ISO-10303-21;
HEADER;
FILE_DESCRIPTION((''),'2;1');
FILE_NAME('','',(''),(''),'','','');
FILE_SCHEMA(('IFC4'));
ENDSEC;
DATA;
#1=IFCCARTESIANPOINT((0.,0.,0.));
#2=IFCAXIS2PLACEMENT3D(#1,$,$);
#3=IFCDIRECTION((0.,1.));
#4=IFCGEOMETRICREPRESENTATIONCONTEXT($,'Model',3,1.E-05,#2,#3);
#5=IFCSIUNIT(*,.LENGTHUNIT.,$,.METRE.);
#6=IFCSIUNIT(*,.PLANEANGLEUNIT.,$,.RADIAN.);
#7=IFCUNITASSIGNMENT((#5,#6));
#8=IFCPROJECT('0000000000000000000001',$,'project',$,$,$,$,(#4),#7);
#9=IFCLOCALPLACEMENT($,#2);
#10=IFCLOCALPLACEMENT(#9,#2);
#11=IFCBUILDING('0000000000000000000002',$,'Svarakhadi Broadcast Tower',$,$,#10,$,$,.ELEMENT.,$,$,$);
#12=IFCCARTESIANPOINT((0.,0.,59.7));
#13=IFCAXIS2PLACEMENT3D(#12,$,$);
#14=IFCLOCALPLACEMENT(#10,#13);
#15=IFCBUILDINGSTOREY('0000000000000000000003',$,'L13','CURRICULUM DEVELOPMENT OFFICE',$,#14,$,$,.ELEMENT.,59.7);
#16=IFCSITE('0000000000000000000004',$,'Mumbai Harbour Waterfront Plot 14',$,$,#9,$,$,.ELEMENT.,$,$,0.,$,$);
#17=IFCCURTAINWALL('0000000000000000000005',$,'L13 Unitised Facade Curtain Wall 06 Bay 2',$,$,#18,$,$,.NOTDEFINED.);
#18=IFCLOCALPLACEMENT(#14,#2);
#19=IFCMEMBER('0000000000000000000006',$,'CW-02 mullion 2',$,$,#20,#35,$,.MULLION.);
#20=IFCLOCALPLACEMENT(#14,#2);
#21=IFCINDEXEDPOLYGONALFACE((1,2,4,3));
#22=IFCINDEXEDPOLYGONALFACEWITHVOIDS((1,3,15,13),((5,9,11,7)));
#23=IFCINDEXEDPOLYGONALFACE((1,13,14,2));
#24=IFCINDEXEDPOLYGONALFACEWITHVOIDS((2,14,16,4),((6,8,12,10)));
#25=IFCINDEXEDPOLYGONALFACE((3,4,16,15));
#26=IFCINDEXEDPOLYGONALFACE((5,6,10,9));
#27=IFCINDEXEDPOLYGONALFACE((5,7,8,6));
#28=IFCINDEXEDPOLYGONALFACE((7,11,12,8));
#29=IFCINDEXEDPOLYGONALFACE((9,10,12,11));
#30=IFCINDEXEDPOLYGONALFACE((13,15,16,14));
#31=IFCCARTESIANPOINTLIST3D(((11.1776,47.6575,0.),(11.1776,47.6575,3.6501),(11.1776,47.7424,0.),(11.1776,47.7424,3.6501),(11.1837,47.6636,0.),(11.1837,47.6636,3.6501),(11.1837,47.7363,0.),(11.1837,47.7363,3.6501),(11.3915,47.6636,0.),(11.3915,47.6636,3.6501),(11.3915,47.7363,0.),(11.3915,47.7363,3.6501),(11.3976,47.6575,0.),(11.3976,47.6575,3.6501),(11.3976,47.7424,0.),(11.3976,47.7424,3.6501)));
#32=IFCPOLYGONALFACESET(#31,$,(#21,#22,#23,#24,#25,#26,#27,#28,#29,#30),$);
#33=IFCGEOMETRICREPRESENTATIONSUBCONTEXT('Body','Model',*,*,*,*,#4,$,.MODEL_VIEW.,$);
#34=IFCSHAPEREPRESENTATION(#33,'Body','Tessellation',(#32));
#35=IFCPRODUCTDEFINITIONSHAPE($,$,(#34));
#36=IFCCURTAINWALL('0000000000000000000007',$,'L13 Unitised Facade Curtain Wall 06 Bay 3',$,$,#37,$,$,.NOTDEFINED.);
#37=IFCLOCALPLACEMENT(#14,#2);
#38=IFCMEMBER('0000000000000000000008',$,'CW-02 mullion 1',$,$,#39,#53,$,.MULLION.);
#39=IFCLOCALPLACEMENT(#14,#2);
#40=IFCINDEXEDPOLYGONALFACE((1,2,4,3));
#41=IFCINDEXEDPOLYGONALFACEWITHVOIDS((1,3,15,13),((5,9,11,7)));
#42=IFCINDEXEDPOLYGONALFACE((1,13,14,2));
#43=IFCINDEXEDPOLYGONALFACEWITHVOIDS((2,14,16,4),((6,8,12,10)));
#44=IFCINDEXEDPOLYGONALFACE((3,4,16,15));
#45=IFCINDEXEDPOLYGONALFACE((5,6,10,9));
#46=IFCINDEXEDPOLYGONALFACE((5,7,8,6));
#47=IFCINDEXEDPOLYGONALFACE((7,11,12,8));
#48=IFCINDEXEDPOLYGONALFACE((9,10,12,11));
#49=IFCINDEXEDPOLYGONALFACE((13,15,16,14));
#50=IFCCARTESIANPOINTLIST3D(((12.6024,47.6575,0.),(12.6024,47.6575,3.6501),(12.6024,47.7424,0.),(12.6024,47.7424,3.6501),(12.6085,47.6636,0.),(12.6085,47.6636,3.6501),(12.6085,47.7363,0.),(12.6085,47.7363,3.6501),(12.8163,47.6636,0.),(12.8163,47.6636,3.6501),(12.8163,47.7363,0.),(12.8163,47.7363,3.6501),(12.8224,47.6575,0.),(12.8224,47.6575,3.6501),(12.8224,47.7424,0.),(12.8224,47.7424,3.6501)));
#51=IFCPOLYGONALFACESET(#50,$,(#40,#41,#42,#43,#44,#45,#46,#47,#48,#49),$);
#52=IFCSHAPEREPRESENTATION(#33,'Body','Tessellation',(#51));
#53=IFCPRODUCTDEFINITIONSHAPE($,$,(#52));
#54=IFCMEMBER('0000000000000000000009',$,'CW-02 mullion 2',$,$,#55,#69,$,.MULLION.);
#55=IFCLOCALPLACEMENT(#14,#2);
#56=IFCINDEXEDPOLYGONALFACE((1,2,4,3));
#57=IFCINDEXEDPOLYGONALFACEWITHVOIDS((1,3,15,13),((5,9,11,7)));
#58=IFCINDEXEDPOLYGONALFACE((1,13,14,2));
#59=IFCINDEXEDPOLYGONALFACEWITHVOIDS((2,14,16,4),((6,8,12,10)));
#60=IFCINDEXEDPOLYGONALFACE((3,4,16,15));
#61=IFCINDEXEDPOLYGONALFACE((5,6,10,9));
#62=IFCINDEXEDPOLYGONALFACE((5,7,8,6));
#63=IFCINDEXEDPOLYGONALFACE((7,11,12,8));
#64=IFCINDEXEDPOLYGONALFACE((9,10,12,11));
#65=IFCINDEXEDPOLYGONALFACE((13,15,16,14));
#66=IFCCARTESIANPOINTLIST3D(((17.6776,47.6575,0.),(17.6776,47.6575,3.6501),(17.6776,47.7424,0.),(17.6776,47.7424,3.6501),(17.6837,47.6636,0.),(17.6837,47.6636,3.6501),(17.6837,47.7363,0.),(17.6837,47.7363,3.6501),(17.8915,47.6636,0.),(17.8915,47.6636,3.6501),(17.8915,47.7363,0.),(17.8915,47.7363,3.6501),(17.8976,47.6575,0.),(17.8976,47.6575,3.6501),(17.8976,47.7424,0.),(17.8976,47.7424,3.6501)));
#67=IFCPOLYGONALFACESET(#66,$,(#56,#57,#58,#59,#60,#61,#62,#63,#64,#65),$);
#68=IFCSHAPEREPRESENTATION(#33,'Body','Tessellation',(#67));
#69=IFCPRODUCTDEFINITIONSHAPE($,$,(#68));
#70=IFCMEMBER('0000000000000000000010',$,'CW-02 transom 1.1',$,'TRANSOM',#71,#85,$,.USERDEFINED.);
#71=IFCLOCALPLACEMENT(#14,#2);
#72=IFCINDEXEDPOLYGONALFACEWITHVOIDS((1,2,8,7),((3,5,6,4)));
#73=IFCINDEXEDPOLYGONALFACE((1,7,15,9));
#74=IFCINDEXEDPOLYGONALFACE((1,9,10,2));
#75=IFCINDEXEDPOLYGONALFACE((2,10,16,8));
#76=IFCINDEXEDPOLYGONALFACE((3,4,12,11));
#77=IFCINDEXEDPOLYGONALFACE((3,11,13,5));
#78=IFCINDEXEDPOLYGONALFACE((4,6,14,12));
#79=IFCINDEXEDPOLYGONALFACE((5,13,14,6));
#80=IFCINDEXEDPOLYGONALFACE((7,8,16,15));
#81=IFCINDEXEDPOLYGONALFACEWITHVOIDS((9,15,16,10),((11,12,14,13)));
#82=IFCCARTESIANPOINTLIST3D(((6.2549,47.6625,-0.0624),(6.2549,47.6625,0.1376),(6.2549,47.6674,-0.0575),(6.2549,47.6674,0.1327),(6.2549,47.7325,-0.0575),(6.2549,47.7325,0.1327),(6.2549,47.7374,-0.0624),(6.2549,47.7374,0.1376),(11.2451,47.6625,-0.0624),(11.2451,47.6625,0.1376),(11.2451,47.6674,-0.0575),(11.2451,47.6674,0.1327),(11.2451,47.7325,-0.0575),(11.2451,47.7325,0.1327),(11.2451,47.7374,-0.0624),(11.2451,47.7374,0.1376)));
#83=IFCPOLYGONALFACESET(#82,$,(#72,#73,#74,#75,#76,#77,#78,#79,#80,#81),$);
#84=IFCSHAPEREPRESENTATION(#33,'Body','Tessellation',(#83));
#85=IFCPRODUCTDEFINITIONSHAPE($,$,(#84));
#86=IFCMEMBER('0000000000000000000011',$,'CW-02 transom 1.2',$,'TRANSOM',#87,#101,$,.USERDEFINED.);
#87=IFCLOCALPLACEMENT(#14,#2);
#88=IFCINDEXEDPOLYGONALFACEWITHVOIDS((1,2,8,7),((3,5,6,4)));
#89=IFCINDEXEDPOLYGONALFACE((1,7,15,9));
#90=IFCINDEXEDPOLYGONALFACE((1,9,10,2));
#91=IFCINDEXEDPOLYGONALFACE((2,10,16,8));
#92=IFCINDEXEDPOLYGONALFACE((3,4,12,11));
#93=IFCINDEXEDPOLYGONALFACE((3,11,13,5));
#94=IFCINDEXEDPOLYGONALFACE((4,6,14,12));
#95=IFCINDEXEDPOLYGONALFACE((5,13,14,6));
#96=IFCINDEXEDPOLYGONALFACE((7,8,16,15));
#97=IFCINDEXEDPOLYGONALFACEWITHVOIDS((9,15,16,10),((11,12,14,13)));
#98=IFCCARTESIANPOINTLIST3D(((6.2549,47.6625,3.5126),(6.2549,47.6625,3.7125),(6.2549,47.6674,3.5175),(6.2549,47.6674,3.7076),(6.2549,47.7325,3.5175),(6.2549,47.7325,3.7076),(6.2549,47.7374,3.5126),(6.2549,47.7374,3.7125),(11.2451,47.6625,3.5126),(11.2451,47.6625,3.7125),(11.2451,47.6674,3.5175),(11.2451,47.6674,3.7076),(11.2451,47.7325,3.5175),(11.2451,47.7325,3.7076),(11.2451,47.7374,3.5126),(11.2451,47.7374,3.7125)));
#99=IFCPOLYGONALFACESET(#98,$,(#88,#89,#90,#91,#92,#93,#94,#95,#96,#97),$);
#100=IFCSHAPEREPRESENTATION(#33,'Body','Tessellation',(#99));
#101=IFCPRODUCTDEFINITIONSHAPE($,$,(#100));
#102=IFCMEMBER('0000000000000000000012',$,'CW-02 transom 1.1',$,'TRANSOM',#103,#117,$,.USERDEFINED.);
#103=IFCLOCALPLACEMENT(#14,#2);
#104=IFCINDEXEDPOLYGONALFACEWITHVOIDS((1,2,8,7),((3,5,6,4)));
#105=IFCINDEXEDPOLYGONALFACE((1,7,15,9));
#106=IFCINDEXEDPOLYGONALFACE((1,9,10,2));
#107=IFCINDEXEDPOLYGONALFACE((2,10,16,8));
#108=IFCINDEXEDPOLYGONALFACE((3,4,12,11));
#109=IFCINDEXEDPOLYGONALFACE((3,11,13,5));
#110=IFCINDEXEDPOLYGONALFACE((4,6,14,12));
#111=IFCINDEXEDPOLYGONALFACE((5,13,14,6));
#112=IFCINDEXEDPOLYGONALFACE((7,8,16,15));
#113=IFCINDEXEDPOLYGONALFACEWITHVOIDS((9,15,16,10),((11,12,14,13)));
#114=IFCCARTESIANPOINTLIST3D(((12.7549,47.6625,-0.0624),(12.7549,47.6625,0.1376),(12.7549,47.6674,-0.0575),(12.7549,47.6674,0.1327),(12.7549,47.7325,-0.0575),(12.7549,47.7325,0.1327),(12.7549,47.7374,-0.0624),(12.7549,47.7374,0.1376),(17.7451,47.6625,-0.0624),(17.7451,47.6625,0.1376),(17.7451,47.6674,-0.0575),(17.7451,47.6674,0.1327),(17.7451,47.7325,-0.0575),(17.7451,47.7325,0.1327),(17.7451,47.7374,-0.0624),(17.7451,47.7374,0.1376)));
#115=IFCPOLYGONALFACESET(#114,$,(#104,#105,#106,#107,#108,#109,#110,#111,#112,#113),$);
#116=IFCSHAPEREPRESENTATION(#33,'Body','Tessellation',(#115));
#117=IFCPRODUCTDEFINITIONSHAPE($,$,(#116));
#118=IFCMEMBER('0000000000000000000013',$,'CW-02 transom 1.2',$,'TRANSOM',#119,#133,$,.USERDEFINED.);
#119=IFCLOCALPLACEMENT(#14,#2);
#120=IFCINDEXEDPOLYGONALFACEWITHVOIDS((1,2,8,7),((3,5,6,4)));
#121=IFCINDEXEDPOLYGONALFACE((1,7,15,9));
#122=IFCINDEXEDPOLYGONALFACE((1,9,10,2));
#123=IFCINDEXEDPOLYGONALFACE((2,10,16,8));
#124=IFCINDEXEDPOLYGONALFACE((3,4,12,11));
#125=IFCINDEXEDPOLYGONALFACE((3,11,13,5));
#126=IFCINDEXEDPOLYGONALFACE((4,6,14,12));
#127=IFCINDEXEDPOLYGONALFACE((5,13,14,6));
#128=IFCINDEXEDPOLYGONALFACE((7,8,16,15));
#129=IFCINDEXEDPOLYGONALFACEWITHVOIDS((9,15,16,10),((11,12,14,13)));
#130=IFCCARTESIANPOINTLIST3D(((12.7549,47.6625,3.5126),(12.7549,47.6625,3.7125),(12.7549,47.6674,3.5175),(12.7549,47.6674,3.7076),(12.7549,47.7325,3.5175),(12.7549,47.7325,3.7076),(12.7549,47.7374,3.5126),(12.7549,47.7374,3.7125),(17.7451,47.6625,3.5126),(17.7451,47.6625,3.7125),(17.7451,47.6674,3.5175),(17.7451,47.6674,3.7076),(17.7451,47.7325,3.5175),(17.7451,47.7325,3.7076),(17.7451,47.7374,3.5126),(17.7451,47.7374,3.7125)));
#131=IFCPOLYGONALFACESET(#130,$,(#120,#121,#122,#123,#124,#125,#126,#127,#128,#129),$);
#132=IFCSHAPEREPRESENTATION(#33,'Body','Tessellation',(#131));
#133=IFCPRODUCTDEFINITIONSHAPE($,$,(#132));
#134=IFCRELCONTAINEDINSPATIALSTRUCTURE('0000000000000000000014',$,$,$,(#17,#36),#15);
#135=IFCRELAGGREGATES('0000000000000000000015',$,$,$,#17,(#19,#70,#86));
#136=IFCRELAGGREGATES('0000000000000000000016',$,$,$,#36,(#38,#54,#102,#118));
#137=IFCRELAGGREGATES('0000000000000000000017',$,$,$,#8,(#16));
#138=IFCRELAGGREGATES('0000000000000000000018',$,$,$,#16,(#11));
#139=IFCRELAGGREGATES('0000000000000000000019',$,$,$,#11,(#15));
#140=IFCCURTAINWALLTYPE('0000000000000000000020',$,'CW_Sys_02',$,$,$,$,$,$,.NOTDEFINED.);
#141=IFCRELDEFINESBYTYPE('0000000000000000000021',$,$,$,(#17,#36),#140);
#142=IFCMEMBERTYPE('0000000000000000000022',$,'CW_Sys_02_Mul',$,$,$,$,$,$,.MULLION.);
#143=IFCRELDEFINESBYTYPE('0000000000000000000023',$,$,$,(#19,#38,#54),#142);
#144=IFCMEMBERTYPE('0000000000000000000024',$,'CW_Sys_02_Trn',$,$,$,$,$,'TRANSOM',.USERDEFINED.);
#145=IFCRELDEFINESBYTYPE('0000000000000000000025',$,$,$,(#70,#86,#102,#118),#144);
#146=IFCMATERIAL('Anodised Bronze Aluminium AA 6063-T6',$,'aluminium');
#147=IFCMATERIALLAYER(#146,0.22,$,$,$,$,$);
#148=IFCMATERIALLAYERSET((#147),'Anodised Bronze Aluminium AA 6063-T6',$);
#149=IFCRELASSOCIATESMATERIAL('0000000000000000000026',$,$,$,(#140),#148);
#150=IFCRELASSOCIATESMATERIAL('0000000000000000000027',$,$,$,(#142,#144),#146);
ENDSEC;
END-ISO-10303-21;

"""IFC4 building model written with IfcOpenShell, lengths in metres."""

from ifc_helpers import new_model, si_unit, direction, frame, origin, origin_2d, place, context, subcontext, project, spatial, hollow_rectangle, extrude, material, layer, layer_set, material_profile, profile_set, type_object, element, aggregate, save


model = new_model("IFC4")

# Units and contexts
model_context = context("Model", 3, precision=1e-05, world=origin(), true_north=direction((0.0, 1.0)))
body_context = subcontext(model_context, "Body", "Model", "MODEL_VIEW")
ifc_project = project(units=[si_unit("LENGTHUNIT", "METRE"), si_unit("PLANEANGLEUNIT", "RADIAN")], contexts=[model_context])

# Site, building, storey
site_placement = place(None, origin())
site = spatial("IfcSite", under=ifc_project, at=site_placement, Name="Mumbai Harbour Waterfront Plot 14", CompositionType="ELEMENT", RefElevation=0.0)
building_placement = place(site_placement, origin())
building = spatial("IfcBuilding", under=site, at=building_placement, Name="Svarakhadi Broadcast Tower", CompositionType="ELEMENT")
storey_placement = place(building_placement, frame((0.0, 0.0, 59.7)))
storey = spatial("IfcBuildingStorey", under=building, at=storey_placement, Name="L13", Description="CURRICULUM DEVELOPMENT OFFICE", CompositionType="ELEMENT", Elevation=59.7)

# Curtain walls, members
ifc_material_1 = material(Name="Anodised Bronze Aluminium AA 6063-T6", Category="aluminium")
ifc_layer_1 = layer(ifc_material_1, 0.22)
ifc_layer_set_1 = layer_set([ifc_layer_1], Name="Anodised Bronze Aluminium AA 6063-T6")
curtain_wall_type = type_object("IfcCurtainWallType", Name="CW_Sys_02", PredefinedType="NOTDEFINED", material=ifc_layer_set_1)
curtain_wall_1_placement = place(storey_placement, origin())
curtain_wall_1 = element("IfcCurtainWall", 1, at=curtain_wall_1_placement, inside=storey, type_object=curtain_wall_type, Name="L13 Unitised Facade Curtain Wall 06 Bay 2", PredefinedType="NOTDEFINED")
ifc_material_profile_1 = material_profile(ifc_material_1, hollow_rectangle(XDim=0.085, YDim=0.22, WallThickness=0.0061, at=origin_2d()), Name="ALU MULLION 220x85x6")
ifc_profile_set_1 = profile_set([ifc_material_profile_1], Name="Anodised Bronze Aluminium AA 6063-T6")
member_type_1 = type_object("IfcMemberType", Name="CW_Sys_02_Mul", PredefinedType="MULLION", material=ifc_profile_set_1)
member_1_placement = place(storey_placement, frame((11.2876, 47.7, 0.0), z_axis=(0.0, 0.0, 1.0), x_axis=(0.0, 1.0, 0.0)))
member_1 = element("IfcMember", 2, at=member_1_placement, type_object=member_type_1, Name="CW-02 mullion 2", PredefinedType="MULLION", context=body_context, shape_type="SweptSolid", body=[
    extrude(hollow_rectangle(XDim=0.085, YDim=0.22, WallThickness=0.0061, at=origin_2d()), origin(), (0.0, 0.0, 1.0), 3.6501),
])
curtain_wall_2_placement = place(storey_placement, origin())
curtain_wall_2 = element("IfcCurtainWall", 3, at=curtain_wall_2_placement, inside=storey, type_object=curtain_wall_type, Name="L13 Unitised Facade Curtain Wall 06 Bay 3", PredefinedType="NOTDEFINED")
member_2_placement = place(storey_placement, frame((12.7124, 47.7, 0.0), z_axis=(0.0, 0.0, 1.0), x_axis=(0.0, 1.0, 0.0)))
member_2 = element("IfcMember", 4, at=member_2_placement, type_object=member_type_1, Name="CW-02 mullion 1", PredefinedType="MULLION", context=body_context, shape_type="SweptSolid", body=[
    extrude(hollow_rectangle(XDim=0.085, YDim=0.22, WallThickness=0.0061, at=origin_2d()), origin(), (0.0, 0.0, 1.0), 3.6501),
])
member_3_placement = place(storey_placement, frame((17.7876, 47.7, 0.0), z_axis=(0.0, 0.0, 1.0), x_axis=(0.0, 1.0, 0.0)))
member_3 = element("IfcMember", 5, at=member_3_placement, type_object=member_type_1, Name="CW-02 mullion 2", PredefinedType="MULLION", context=body_context, shape_type="SweptSolid", body=[
    extrude(hollow_rectangle(XDim=0.085, YDim=0.22, WallThickness=0.0061, at=origin_2d()), origin(), (0.0, 0.0, 1.0), 3.6501),
])

# Members
ifc_material_profile_2 = material_profile(ifc_material_1, hollow_rectangle(XDim=0.075, YDim=0.2, WallThickness=0.0049, at=origin_2d()), Name="ALU TRANSOM 200x75x5")
ifc_profile_set_2 = profile_set([ifc_material_profile_2], Name="Anodised Bronze Aluminium AA 6063-T6")
member_type_2 = type_object("IfcMemberType", Name="CW_Sys_02_Trn", ElementType="TRANSOM", PredefinedType="USERDEFINED", material=ifc_profile_set_2)
member_4_placement = place(storey_placement, frame((6.2549, 47.7, 0.0376), z_axis=(1.0, 0.0, 0.0), x_axis=(0.0, 1.0, 0.0)))
member_4 = element("IfcMember", 6, at=member_4_placement, type_object=member_type_2, Name="CW-02 transom 1.1", ObjectType="TRANSOM", PredefinedType="USERDEFINED", context=body_context, shape_type="SweptSolid", body=[
    extrude(hollow_rectangle(XDim=0.075, YDim=0.2, WallThickness=0.0049, at=origin_2d()), origin(), (0.0, 0.0, 1.0), 4.9902),
])
member_5_placement = place(storey_placement, frame((6.2549, 47.7, 3.6125), z_axis=(1.0, 0.0, 0.0), x_axis=(0.0, 1.0, 0.0)))
member_5 = element("IfcMember", 7, at=member_5_placement, type_object=member_type_2, Name="CW-02 transom 1.2", ObjectType="TRANSOM", PredefinedType="USERDEFINED", context=body_context, shape_type="SweptSolid", body=[
    extrude(hollow_rectangle(XDim=0.075, YDim=0.2, WallThickness=0.0049, at=origin_2d()), origin(), (0.0, 0.0, 1.0), 4.9902),
])
member_6_placement = place(storey_placement, frame((12.7549, 47.7, 0.0376), z_axis=(1.0, 0.0, 0.0), x_axis=(0.0, 1.0, 0.0)))
member_6 = element("IfcMember", 8, at=member_6_placement, type_object=member_type_2, Name="CW-02 transom 1.1", ObjectType="TRANSOM", PredefinedType="USERDEFINED", context=body_context, shape_type="SweptSolid", body=[
    extrude(hollow_rectangle(XDim=0.075, YDim=0.2, WallThickness=0.0049, at=origin_2d()), origin(), (0.0, 0.0, 1.0), 4.9902),
])
member_7_placement = place(storey_placement, frame((12.7549, 47.7, 3.6125), z_axis=(1.0, 0.0, 0.0), x_axis=(0.0, 1.0, 0.0)))
member_7 = element("IfcMember", 9, at=member_7_placement, type_object=member_type_2, Name="CW-02 transom 1.2", ObjectType="TRANSOM", PredefinedType="USERDEFINED", context=body_context, shape_type="SweptSolid", body=[
    extrude(hollow_rectangle(XDim=0.075, YDim=0.2, WallThickness=0.0049, at=origin_2d()), origin(), (0.0, 0.0, 1.0), 4.9902),
])

aggregate(curtain_wall_1, [member_1, member_4, member_5])
aggregate(curtain_wall_2, [member_2, member_3, member_6, member_7])

save(model, "model.ifc")
